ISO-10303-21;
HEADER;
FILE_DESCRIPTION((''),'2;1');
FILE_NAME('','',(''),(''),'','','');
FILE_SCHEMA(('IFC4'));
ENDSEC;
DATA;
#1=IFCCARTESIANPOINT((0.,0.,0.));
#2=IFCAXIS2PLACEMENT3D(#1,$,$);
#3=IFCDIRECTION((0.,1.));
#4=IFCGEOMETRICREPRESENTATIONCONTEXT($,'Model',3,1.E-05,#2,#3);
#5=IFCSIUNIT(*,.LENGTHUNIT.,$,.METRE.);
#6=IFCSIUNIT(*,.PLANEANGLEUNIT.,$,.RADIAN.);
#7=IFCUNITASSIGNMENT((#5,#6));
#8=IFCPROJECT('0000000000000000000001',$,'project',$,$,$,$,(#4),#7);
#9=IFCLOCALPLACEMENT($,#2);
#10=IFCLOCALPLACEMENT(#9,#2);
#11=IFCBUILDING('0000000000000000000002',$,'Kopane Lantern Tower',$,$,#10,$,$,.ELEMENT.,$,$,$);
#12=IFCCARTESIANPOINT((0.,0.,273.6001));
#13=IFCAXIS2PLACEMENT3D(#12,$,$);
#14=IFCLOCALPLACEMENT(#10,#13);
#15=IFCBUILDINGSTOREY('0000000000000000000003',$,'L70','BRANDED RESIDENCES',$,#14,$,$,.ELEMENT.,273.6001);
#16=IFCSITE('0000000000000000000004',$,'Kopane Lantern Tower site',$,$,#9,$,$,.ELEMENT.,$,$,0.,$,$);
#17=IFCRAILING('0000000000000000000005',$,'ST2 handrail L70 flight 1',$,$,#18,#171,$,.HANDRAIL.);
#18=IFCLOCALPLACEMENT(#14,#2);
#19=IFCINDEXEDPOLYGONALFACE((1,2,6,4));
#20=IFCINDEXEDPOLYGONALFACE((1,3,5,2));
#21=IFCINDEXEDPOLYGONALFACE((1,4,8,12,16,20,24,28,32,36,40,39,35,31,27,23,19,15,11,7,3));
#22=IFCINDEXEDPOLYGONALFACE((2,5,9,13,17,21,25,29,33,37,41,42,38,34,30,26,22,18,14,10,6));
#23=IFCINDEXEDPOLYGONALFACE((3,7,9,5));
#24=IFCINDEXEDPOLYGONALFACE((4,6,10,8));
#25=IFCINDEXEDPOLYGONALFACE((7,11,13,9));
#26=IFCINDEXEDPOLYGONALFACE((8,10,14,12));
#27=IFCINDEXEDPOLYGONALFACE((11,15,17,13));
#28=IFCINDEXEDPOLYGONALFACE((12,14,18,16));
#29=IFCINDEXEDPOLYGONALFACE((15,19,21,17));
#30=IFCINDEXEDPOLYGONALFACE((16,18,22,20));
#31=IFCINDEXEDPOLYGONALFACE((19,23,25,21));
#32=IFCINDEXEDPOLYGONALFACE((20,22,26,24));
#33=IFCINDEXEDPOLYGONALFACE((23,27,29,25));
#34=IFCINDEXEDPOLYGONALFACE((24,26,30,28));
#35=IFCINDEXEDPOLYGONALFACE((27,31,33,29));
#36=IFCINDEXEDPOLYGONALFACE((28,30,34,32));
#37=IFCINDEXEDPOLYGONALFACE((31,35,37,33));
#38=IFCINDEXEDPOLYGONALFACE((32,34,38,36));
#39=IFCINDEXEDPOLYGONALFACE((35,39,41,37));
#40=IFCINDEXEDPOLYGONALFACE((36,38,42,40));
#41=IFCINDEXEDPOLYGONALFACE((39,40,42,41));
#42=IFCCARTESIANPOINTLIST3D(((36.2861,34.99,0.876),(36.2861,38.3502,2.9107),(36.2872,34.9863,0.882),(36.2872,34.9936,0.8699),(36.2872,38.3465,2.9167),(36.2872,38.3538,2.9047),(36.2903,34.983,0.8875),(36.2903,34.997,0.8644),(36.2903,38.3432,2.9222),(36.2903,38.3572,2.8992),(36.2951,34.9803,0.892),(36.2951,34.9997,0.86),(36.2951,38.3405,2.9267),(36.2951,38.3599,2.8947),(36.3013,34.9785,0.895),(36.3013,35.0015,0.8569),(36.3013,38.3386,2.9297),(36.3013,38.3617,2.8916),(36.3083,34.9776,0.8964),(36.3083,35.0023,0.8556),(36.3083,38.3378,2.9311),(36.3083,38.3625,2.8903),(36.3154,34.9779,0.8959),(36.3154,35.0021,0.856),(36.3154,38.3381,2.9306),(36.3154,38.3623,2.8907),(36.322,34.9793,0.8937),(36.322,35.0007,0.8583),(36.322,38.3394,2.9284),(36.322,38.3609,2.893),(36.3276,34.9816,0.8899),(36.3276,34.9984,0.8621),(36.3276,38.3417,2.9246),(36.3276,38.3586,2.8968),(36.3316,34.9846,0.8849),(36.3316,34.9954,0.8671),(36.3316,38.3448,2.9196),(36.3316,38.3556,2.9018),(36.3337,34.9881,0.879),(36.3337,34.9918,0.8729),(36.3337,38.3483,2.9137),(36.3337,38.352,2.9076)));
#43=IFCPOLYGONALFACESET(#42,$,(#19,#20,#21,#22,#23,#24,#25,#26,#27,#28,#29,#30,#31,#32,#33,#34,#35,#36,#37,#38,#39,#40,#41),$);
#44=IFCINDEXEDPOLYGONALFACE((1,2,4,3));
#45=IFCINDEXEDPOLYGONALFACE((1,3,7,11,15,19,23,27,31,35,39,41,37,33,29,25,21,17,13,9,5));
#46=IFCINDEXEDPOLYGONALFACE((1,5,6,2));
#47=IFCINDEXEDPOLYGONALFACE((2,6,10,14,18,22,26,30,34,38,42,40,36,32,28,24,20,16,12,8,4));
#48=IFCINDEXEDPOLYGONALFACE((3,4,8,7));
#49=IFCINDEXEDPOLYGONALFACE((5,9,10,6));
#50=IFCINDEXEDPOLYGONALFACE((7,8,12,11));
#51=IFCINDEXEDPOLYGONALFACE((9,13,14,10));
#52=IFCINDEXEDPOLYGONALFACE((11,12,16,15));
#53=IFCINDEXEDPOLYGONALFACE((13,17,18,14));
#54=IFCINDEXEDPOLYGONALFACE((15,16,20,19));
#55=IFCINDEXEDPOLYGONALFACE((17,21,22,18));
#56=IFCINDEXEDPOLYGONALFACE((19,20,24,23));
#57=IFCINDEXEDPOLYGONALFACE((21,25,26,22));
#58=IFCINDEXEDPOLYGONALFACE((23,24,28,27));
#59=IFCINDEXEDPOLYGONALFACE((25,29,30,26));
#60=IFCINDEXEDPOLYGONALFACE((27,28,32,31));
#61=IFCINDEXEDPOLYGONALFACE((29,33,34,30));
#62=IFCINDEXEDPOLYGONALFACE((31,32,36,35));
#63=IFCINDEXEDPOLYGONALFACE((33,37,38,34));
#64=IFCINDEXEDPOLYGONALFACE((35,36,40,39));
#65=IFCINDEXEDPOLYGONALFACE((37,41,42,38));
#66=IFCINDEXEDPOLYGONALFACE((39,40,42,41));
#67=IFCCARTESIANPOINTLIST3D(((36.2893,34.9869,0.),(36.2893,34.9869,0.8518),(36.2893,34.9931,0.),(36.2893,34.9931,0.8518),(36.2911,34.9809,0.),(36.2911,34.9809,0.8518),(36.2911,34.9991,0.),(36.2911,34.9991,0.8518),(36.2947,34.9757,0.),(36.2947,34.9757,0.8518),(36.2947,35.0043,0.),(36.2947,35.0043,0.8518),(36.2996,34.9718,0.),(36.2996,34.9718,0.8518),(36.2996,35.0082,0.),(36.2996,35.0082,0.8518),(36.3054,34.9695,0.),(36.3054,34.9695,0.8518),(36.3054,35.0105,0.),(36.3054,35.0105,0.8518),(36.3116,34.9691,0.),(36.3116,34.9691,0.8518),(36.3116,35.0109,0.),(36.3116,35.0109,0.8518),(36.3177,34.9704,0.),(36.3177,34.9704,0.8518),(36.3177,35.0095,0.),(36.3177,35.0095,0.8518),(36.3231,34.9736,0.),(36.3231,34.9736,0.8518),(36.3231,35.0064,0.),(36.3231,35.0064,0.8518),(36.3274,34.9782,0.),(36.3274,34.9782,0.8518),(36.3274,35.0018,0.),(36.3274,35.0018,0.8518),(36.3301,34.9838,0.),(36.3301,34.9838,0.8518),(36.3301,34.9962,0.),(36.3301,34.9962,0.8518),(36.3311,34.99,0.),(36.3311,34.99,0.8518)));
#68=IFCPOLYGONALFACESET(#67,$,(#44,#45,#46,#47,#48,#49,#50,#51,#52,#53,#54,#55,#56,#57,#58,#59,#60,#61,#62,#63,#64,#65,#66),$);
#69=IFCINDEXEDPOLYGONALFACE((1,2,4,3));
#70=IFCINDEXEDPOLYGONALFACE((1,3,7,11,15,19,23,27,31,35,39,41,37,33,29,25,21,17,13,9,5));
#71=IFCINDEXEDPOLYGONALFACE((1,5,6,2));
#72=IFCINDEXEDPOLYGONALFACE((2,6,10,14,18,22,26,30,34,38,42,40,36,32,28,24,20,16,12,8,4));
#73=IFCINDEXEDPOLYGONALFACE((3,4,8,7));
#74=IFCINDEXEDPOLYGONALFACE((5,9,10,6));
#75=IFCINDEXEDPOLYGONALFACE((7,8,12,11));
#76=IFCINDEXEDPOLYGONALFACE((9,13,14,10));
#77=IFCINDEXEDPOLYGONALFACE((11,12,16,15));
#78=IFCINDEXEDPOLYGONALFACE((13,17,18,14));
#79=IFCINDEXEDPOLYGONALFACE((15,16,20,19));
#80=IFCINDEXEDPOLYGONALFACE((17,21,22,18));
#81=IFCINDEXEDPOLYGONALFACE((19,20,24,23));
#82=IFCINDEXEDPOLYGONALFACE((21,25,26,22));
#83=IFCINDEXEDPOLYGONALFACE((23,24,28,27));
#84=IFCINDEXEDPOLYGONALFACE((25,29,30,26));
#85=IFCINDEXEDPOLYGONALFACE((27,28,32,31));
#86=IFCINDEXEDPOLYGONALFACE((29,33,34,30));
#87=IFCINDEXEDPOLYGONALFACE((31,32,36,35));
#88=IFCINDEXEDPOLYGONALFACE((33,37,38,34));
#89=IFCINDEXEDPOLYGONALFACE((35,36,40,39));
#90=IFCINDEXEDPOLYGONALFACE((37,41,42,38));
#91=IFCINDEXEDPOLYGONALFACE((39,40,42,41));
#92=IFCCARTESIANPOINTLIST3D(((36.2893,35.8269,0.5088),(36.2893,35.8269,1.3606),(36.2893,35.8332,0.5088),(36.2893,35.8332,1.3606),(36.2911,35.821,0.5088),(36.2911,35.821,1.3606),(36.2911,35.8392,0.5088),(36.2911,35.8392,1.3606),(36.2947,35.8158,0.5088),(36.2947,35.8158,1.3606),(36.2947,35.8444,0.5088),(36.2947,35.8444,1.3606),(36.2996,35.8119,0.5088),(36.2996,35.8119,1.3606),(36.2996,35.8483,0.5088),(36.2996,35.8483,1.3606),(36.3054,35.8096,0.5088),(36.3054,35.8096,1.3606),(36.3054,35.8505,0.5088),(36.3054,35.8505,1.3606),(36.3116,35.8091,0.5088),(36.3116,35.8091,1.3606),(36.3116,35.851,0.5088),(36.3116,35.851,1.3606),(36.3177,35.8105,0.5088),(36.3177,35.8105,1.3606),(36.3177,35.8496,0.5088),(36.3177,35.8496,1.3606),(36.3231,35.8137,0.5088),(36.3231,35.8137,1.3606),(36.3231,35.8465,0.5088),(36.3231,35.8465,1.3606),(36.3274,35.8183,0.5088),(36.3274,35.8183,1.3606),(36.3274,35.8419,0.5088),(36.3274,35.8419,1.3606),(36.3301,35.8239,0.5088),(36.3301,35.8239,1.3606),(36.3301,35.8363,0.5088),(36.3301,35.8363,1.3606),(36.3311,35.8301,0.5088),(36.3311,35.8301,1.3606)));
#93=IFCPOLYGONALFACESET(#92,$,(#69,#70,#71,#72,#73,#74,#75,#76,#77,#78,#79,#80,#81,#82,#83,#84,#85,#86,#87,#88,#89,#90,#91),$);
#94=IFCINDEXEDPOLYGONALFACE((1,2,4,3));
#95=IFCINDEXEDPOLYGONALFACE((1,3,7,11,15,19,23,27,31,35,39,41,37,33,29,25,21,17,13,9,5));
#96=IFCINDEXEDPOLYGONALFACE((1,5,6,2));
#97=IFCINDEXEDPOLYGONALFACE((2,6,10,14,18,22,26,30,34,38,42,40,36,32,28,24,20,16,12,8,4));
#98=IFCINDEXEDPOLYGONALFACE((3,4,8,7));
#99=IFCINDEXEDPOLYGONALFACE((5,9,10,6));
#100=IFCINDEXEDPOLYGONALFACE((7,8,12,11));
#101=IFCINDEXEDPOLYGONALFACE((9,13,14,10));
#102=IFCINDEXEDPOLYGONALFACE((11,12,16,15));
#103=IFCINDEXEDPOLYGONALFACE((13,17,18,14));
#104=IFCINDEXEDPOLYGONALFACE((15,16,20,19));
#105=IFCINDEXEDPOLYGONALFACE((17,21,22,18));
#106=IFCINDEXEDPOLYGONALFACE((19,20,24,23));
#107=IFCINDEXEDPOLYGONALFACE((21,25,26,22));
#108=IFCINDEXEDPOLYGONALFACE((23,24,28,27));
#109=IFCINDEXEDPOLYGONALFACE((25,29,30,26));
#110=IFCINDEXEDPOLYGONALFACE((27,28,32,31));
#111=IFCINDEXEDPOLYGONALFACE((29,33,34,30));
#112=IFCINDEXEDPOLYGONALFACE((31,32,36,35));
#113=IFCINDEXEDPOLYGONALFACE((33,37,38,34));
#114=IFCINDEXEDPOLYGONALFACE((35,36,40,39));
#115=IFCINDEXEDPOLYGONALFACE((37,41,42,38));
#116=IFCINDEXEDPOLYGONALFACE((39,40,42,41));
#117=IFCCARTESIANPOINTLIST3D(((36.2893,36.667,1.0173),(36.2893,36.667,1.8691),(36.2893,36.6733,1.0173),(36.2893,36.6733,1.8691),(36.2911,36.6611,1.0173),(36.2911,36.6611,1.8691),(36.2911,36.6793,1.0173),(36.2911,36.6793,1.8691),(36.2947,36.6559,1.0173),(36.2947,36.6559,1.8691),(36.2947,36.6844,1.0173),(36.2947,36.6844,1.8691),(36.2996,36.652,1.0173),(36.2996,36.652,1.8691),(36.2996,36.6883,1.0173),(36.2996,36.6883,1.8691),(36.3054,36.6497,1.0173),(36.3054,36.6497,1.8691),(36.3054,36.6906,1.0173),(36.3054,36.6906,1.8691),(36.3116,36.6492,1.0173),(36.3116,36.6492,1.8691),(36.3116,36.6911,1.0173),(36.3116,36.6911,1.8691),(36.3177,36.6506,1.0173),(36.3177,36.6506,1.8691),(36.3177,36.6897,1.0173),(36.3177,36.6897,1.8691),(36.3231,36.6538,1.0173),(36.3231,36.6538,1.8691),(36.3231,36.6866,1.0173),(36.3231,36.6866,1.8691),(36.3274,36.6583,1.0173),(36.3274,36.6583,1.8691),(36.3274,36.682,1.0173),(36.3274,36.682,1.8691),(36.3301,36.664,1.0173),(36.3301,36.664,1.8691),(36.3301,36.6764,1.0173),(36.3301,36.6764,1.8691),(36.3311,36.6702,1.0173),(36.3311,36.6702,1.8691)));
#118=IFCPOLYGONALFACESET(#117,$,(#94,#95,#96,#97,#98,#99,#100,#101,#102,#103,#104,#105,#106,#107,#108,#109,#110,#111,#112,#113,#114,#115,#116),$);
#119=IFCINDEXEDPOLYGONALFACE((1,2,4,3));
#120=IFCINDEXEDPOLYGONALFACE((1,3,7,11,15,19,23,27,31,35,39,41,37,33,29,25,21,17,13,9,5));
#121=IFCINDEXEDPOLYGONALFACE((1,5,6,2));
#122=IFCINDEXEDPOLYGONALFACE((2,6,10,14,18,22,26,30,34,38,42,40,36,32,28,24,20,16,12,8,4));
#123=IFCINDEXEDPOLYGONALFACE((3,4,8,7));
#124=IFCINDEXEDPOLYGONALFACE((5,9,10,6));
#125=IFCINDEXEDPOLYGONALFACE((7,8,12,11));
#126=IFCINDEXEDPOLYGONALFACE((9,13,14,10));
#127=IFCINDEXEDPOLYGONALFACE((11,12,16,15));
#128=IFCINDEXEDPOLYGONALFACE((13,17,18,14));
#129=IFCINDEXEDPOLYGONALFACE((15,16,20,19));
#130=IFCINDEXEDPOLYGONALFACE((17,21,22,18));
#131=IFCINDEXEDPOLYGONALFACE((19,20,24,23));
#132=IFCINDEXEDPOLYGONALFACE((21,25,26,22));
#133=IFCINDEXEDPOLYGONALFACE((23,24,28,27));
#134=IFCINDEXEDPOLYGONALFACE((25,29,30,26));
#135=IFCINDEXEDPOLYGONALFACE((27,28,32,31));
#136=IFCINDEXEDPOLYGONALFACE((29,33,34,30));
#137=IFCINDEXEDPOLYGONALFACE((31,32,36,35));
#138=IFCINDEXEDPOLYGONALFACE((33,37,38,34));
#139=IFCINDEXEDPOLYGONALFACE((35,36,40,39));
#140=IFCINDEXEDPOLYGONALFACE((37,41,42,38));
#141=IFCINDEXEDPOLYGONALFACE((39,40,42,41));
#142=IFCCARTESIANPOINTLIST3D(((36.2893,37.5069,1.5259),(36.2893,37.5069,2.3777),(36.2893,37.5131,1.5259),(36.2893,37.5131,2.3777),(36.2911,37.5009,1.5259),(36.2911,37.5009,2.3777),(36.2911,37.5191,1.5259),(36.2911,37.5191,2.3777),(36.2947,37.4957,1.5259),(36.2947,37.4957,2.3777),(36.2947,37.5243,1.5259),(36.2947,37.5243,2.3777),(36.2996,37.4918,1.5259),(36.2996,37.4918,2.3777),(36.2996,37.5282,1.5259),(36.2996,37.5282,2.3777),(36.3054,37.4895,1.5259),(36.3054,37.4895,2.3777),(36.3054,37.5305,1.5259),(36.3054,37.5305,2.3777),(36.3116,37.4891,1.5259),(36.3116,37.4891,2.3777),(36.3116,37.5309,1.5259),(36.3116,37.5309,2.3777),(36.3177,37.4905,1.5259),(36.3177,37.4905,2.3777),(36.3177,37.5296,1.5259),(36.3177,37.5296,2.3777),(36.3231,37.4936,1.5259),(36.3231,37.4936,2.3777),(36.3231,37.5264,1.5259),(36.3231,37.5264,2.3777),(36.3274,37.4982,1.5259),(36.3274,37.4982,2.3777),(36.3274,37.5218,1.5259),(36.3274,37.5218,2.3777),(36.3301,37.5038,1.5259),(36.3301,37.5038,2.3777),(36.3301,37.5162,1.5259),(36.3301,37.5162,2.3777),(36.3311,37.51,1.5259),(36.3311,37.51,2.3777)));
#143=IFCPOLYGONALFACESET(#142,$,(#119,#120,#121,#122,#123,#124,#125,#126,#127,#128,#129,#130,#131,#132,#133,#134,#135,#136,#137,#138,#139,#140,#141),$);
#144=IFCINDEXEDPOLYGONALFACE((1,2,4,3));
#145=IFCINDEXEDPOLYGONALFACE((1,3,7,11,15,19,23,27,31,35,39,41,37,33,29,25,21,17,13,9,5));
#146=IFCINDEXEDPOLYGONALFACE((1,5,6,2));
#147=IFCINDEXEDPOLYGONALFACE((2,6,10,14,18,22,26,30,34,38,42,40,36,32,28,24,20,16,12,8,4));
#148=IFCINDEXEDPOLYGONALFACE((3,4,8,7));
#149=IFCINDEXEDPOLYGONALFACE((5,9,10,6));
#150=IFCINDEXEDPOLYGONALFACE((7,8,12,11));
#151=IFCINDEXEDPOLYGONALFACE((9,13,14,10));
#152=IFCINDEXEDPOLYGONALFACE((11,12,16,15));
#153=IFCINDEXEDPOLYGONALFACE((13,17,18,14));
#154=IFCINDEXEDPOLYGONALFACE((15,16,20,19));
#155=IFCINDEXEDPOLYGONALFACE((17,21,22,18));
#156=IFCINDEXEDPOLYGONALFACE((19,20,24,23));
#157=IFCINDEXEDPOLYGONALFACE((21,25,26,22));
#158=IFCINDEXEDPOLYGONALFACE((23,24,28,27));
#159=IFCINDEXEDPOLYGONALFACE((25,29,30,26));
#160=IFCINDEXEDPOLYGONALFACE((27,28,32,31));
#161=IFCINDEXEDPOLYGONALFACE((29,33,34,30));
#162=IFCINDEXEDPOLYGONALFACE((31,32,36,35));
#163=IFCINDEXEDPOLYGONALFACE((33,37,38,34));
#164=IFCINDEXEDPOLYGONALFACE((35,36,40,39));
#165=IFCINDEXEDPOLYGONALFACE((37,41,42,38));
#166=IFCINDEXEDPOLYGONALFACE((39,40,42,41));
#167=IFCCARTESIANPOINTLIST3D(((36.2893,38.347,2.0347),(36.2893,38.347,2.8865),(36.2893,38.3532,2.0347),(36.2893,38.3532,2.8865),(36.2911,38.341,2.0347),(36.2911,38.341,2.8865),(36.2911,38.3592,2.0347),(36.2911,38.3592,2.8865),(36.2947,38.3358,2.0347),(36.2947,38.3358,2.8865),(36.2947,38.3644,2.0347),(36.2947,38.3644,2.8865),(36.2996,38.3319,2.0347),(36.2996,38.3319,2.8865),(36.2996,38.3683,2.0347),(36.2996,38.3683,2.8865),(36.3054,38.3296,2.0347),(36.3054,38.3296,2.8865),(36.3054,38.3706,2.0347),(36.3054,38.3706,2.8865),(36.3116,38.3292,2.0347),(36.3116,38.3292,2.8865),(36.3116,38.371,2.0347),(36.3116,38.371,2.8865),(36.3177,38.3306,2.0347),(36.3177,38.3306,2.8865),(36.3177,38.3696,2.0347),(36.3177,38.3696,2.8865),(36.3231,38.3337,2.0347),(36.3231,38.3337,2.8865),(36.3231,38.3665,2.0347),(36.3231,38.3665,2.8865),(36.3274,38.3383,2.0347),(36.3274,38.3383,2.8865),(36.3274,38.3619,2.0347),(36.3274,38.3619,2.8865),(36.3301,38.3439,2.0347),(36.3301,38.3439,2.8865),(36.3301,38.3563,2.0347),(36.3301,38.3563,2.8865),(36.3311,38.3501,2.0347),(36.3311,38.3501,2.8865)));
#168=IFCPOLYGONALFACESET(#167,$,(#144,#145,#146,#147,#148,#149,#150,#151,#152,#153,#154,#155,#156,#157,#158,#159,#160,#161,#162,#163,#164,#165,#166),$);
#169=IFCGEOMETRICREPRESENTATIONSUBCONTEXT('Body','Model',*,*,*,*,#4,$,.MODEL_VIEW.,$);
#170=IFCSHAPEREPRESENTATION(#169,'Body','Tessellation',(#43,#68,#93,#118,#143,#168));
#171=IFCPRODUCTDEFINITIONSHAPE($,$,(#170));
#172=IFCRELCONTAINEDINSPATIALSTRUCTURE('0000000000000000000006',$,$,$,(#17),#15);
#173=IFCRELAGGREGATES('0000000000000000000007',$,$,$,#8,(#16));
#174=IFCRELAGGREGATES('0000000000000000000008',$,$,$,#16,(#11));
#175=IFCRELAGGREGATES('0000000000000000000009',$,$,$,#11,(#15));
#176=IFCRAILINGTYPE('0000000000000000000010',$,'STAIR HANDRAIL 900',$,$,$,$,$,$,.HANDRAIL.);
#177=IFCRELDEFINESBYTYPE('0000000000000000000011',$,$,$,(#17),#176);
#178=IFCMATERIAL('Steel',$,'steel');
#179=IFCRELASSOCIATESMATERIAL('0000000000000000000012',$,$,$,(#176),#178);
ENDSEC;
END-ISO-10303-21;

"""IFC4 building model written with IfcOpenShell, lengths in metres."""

from ifc_helpers import new_model, si_unit, direction, frame, origin, origin_2d, place, context, subcontext, project, spatial, circle, extrude, material, type_object, element, save


model = new_model("IFC4")

# Units and contexts
model_context = context("Model", 3, precision=1e-05, world=origin(), true_north=direction((0.0, 1.0)))
body_context = subcontext(model_context, "Body", "Model", "MODEL_VIEW")
ifc_project = project(units=[si_unit("LENGTHUNIT", "METRE"), si_unit("PLANEANGLEUNIT", "RADIAN")], contexts=[model_context])

# Site, building, storey
site_placement = place(None, origin())
site = spatial("IfcSite", under=ifc_project, at=site_placement, Name="Kopane Lantern Tower site", CompositionType="ELEMENT", RefElevation=0.0)
building_placement = place(site_placement, origin())
building = spatial("IfcBuilding", under=site, at=building_placement, Name="Kopane Lantern Tower", CompositionType="ELEMENT")
storey_placement = place(building_placement, frame((0.0, 0.0, 273.6001)))
storey = spatial("IfcBuildingStorey", under=building, at=storey_placement, Name="L70", Description="BRANDED RESIDENCES", CompositionType="ELEMENT", Elevation=273.6001)

# Railing
ifc_material_1 = material(Name="Steel", Category="steel")
railing_type_1 = type_object("IfcRailingType", Name="STAIR HANDRAIL 900", PredefinedType="HANDRAIL", material=ifc_material_1)
for number, where, name in (
    (1, (36.3101, 34.99, 0.0), "ST2 handrail L70 flight 1"),
):
    element("IfcRailing", number, at=place(storey_placement, frame(where)), inside=storey, type_object=railing_type_1, Name=name, PredefinedType="HANDRAIL", context=body_context, shape_type="SweptSolid", body=[
        extrude(circle(Radius=0.0239, at=origin_2d()), frame((0.0, 0.0, 0.876), z_axis=(0.0, 0.855396, 0.517974), x_axis=(-1.0, 0.0, 0.0)), (0.0, 0.0, 1.0), 3.9282),
        extrude(circle(Radius=0.021, at=origin_2d()), origin(), (0.0, 0.0, 1.0), 0.8518),
        extrude(circle(Radius=0.021, at=origin_2d()), frame((0.0, 0.8401, 0.5088)), (0.0, 0.0, 1.0), 0.8518),
        extrude(circle(Radius=0.021, at=origin_2d()), frame((0.0, 1.6802, 1.0173)), (0.0, 0.0, 1.0), 0.8518),
        extrude(circle(Radius=0.021, at=origin_2d()), frame((0.0, 2.52, 1.5259)), (0.0, 0.0, 1.0), 0.8518),
        extrude(circle(Radius=0.021, at=origin_2d()), frame((0.0, 3.3601, 2.0347)), (0.0, 0.0, 1.0), 0.8518),
    ])

save(model, "model.ifc")
